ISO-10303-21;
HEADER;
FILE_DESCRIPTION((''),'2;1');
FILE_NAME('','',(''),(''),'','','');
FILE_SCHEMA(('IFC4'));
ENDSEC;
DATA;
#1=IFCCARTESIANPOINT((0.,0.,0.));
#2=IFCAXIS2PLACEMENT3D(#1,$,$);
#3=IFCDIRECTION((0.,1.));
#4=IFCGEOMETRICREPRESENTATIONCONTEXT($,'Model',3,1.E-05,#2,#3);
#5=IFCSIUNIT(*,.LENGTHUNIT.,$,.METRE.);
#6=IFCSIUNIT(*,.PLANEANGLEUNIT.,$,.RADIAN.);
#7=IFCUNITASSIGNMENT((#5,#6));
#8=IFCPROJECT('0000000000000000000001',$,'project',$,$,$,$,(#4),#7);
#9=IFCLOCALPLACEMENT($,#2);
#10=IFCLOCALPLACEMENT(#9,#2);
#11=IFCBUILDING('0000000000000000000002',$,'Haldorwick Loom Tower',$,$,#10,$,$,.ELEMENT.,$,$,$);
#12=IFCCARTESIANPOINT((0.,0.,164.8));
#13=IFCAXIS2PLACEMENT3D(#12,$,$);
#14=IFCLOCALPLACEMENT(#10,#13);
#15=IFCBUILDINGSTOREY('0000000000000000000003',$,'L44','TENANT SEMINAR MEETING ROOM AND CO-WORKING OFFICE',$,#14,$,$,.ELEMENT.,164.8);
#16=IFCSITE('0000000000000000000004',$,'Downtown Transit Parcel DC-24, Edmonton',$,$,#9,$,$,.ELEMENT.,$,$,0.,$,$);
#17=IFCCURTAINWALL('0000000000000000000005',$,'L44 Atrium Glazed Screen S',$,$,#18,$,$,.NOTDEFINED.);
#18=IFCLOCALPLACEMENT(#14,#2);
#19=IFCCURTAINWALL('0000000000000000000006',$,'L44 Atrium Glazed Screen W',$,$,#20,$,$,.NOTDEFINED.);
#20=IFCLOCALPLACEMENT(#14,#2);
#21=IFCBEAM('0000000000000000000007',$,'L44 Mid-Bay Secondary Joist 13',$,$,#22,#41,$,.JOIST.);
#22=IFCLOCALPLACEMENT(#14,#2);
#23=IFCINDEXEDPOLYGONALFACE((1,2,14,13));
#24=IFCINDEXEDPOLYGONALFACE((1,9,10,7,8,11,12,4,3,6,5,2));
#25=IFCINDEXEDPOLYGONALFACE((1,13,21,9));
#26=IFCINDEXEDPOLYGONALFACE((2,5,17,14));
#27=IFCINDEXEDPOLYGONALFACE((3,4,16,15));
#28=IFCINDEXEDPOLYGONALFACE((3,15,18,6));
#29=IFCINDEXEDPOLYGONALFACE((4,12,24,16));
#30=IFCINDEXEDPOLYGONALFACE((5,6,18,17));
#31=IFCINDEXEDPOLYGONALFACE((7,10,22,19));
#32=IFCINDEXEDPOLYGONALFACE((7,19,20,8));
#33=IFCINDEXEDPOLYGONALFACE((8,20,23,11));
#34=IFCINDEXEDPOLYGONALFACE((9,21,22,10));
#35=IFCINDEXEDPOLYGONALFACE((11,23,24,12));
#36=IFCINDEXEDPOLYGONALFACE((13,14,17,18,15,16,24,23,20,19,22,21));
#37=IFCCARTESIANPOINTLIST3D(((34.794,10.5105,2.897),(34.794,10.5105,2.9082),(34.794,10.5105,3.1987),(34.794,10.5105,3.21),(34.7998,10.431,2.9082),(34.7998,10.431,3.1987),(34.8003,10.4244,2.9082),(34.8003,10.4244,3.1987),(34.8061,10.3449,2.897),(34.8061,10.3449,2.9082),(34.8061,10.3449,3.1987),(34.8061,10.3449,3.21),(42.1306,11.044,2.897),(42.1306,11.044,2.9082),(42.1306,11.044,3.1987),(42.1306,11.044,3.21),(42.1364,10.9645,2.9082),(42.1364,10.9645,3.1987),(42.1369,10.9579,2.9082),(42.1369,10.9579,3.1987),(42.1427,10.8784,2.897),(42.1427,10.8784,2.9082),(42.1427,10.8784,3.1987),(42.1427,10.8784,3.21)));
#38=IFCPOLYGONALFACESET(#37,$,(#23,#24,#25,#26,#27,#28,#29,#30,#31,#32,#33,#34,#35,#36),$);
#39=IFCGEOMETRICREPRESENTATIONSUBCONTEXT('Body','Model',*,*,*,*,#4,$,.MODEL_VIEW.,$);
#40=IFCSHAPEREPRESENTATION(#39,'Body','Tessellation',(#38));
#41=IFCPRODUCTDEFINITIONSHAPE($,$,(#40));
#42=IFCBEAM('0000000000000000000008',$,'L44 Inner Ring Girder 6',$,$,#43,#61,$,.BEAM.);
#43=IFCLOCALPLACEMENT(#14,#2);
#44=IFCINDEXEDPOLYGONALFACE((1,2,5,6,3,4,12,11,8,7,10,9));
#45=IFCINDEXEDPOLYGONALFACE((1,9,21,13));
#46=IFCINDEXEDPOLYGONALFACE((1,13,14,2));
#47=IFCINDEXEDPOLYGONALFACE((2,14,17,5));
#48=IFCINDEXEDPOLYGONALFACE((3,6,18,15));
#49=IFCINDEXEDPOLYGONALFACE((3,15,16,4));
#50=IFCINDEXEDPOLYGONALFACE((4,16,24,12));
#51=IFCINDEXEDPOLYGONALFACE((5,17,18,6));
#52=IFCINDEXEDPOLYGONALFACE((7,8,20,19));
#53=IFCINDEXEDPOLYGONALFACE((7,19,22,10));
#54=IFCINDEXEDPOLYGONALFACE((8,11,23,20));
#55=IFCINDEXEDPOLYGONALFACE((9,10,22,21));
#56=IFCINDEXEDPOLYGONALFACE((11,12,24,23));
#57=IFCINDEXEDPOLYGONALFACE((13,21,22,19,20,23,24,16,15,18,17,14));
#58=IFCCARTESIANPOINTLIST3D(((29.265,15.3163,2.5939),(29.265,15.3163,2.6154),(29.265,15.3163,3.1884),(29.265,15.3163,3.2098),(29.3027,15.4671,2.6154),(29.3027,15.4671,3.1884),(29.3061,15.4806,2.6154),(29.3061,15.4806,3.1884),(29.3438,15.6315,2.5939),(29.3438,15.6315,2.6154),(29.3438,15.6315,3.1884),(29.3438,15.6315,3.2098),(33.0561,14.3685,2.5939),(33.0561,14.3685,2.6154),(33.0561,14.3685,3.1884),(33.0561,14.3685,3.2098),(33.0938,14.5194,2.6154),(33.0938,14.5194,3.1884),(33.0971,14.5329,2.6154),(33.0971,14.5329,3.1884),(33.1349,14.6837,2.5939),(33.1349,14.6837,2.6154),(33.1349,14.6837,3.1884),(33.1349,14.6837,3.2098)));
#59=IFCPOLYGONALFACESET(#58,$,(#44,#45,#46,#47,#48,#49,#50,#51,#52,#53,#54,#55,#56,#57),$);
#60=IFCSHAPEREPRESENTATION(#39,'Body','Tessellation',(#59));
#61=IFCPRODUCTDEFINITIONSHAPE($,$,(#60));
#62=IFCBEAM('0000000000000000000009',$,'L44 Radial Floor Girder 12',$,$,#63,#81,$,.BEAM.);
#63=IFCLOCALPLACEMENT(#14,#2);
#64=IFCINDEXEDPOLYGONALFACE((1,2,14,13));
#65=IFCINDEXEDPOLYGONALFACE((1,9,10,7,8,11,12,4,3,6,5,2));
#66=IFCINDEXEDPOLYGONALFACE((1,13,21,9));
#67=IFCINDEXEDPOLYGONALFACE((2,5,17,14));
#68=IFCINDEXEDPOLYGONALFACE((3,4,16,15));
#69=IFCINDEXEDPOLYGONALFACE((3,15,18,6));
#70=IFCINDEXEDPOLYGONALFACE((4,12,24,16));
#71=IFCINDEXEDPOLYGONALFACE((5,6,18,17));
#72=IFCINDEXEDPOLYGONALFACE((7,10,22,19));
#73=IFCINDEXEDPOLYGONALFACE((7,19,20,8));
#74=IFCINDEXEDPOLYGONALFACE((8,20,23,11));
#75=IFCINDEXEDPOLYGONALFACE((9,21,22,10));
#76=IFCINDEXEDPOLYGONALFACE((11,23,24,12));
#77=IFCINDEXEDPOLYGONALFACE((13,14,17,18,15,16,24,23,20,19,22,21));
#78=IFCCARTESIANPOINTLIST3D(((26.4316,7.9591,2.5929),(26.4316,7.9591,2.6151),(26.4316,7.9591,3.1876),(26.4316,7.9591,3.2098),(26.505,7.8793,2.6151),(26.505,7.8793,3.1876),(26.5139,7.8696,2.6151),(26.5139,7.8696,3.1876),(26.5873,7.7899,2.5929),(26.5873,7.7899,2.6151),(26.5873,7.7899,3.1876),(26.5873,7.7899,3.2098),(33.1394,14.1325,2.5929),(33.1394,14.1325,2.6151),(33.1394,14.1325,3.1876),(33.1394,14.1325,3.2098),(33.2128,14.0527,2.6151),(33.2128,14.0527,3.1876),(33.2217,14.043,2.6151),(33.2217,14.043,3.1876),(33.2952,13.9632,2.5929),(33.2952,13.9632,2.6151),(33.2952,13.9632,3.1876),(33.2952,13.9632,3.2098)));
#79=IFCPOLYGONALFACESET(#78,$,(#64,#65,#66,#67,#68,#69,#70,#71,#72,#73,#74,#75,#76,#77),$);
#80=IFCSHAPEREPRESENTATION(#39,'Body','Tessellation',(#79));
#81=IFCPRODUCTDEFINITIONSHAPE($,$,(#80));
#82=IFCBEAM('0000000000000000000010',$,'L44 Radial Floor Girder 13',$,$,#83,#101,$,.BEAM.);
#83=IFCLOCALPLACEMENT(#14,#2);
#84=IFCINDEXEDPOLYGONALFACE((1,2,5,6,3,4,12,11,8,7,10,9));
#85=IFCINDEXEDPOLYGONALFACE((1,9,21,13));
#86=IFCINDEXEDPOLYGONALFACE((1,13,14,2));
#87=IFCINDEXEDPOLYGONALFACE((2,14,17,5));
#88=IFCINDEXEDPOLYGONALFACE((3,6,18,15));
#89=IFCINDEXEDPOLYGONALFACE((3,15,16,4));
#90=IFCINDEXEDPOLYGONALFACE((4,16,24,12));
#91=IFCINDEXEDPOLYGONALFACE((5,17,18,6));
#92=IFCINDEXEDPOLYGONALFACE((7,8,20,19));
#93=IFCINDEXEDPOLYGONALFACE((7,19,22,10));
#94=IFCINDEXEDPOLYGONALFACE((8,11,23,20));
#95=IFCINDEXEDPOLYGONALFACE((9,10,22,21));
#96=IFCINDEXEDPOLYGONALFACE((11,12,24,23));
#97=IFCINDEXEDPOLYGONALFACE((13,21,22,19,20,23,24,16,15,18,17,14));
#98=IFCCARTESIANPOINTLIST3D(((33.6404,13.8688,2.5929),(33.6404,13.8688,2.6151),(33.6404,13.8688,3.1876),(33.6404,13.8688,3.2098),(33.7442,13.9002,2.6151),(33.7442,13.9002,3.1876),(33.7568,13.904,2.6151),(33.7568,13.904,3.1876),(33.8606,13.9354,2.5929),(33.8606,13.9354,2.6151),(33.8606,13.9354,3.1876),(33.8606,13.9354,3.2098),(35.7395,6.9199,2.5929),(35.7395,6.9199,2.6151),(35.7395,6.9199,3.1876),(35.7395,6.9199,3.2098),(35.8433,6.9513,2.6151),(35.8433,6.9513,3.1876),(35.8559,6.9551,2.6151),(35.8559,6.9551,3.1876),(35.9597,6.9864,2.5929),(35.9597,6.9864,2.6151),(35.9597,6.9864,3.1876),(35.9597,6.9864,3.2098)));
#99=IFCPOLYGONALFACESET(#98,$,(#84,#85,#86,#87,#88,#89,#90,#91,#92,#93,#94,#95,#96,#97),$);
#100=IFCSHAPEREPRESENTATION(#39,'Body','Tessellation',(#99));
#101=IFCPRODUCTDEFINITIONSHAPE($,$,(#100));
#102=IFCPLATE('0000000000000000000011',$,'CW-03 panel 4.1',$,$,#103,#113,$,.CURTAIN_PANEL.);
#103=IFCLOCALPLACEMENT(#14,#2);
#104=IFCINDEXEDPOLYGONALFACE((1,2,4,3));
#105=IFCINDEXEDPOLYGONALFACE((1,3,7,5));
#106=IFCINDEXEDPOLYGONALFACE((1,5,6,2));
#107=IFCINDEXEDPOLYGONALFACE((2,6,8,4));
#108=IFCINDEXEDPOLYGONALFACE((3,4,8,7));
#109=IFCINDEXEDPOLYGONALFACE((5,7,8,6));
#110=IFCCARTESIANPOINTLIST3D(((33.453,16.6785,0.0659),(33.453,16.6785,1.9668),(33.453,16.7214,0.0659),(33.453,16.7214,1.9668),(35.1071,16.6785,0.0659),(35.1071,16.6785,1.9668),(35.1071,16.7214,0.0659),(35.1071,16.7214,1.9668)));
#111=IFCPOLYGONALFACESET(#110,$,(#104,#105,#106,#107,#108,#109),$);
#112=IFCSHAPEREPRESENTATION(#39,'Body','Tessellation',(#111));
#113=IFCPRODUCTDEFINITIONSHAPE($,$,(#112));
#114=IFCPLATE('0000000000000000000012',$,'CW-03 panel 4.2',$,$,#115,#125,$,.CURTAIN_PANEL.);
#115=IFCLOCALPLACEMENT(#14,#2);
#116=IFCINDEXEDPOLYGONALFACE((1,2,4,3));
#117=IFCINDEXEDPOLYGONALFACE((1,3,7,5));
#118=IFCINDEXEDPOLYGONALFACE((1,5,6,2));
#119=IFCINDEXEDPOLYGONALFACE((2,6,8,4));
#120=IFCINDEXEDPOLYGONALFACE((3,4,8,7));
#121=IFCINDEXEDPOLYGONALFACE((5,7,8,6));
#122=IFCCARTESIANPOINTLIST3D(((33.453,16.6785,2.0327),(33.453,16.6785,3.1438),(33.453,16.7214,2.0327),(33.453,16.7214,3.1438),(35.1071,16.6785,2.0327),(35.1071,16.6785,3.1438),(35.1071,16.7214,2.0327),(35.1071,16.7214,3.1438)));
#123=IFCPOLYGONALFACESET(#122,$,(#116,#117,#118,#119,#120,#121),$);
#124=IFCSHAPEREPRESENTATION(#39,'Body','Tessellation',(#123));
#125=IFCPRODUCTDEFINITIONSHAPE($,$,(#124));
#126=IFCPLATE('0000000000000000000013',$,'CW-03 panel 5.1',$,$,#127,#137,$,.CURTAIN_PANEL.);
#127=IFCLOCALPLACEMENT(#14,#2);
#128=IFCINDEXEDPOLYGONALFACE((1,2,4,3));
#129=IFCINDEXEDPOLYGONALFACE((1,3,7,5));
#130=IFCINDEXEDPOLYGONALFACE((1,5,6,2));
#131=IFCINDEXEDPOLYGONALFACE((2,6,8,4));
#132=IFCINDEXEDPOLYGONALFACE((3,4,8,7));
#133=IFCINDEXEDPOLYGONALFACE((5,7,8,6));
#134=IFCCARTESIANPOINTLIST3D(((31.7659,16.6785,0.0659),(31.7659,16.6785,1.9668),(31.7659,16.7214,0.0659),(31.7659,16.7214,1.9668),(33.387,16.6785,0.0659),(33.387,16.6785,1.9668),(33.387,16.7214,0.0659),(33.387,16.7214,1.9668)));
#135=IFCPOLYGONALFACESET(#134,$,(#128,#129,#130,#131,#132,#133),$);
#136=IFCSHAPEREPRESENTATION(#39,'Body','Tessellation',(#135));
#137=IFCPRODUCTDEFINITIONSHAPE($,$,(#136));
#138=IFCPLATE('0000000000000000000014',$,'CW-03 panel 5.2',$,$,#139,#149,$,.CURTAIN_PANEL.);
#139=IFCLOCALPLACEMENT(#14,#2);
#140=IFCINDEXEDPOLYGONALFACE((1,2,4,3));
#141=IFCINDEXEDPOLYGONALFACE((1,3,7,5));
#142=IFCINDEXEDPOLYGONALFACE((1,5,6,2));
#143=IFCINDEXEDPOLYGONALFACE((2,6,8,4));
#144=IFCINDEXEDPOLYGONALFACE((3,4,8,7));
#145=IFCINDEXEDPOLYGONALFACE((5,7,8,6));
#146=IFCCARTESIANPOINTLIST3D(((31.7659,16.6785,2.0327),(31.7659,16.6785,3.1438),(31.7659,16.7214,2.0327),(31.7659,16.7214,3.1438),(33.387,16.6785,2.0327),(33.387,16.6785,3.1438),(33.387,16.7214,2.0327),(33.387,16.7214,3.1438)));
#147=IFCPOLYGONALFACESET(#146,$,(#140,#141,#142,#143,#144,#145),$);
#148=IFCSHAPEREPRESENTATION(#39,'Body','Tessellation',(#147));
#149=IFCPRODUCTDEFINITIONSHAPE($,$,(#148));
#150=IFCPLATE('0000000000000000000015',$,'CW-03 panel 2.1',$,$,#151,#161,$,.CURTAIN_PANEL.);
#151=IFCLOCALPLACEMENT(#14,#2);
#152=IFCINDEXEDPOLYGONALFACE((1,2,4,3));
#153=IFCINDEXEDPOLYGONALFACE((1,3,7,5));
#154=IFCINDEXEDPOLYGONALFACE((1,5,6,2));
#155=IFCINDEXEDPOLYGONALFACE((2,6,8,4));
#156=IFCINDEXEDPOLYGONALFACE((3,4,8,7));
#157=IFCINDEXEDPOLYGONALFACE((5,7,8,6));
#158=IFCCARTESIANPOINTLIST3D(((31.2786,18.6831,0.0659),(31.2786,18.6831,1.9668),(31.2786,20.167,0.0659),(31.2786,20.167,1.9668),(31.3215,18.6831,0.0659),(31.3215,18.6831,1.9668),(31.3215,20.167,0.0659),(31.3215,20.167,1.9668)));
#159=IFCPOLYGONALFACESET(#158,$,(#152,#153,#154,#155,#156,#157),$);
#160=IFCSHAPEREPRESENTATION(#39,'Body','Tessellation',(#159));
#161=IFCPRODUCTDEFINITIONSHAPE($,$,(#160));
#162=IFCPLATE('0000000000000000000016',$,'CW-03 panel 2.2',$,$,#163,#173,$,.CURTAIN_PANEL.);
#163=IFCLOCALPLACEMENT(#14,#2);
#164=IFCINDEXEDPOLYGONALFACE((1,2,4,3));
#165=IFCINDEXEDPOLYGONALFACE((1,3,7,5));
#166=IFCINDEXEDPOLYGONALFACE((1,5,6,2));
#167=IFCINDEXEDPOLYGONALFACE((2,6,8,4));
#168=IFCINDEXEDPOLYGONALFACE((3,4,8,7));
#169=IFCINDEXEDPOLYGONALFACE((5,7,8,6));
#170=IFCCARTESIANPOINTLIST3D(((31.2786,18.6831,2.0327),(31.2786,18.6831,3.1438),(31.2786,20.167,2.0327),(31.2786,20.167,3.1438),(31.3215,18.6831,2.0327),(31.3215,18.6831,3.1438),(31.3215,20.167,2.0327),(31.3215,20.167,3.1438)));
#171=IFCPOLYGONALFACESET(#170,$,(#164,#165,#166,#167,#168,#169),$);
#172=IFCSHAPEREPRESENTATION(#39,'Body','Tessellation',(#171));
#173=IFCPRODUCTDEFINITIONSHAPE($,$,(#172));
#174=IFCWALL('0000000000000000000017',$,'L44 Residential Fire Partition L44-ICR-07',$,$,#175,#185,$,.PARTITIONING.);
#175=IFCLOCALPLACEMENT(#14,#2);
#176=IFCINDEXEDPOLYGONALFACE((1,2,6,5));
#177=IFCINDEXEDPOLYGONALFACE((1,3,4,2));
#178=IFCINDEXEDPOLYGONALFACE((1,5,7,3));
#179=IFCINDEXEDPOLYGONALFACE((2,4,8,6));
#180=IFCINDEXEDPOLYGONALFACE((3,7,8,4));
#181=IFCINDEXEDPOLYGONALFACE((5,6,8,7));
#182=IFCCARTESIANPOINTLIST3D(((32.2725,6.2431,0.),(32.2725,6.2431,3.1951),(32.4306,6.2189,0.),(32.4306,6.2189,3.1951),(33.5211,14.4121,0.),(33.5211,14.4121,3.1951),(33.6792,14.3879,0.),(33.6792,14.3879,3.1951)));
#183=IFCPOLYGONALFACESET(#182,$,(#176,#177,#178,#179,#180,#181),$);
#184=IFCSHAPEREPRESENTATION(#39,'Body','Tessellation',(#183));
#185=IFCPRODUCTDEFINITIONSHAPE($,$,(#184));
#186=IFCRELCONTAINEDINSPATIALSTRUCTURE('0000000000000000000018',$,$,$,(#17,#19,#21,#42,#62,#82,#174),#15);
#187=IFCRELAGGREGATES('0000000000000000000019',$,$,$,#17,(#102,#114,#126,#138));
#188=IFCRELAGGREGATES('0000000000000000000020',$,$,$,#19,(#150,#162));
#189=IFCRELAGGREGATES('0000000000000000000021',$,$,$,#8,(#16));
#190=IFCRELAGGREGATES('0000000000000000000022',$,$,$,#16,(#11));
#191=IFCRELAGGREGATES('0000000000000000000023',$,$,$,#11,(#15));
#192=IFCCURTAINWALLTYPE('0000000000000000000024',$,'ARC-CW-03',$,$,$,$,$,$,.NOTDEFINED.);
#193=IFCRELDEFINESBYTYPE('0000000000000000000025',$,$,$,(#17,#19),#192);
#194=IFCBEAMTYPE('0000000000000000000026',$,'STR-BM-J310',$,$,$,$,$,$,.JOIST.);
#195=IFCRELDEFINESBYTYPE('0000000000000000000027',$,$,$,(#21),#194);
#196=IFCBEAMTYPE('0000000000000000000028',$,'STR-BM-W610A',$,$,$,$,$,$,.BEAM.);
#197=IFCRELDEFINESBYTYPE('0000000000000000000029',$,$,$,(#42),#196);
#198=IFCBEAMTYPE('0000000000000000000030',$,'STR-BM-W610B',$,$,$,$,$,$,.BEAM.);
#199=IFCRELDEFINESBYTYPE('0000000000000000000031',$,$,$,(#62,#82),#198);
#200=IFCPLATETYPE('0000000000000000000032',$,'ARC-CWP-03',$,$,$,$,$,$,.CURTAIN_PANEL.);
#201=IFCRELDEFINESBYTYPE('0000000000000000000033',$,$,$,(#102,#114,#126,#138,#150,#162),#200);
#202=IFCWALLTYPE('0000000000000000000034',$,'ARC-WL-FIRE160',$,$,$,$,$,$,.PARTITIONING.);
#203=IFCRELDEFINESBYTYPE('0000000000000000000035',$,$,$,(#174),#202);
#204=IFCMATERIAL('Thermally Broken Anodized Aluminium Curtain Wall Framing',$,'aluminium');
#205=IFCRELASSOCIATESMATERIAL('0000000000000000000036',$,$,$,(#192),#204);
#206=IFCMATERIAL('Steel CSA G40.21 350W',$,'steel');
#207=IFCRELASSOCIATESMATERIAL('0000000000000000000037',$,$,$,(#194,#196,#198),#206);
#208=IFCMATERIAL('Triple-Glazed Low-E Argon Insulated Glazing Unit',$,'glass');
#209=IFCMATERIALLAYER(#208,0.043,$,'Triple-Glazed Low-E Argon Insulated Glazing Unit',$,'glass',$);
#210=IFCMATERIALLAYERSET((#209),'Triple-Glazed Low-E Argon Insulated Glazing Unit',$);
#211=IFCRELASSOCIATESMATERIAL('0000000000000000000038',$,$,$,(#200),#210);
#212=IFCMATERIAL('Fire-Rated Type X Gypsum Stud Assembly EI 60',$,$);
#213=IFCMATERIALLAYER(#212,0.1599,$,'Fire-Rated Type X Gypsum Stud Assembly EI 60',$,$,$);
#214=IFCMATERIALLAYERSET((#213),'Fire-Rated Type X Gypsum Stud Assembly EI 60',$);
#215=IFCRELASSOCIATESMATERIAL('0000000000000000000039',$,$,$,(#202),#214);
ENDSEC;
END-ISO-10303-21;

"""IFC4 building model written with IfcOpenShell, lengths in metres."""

from ifc_helpers import new_model, si_unit, direction, frame, frame_2d, origin, origin_2d, place, context, subcontext, project, spatial, rectangle, i_section, extrude, material, layer, layer_set, material_profile, profile_set, type_object, element, aggregate, save


model = new_model("IFC4")

# Units and contexts
model_context = context("Model", 3, precision=1e-05, world=origin(), true_north=direction((0.0, 1.0)))
body_context = subcontext(model_context, "Body", "Model", "MODEL_VIEW")
ifc_project = project(units=[si_unit("LENGTHUNIT", "METRE"), si_unit("PLANEANGLEUNIT", "RADIAN")], contexts=[model_context])

# Site, building, storey
site_placement = place(None, origin())
site = spatial("IfcSite", under=ifc_project, at=site_placement, Name="Downtown Transit Parcel DC-24, Edmonton", CompositionType="ELEMENT", RefElevation=0.0)
building_placement = place(site_placement, origin())
building = spatial("IfcBuilding", under=site, at=building_placement, Name="Haldorwick Loom Tower", CompositionType="ELEMENT")
storey_placement = place(building_placement, frame((0.0, 0.0, 164.8)))
storey = spatial("IfcBuildingStorey", under=building, at=storey_placement, Name="L44", Description="TENANT SEMINAR MEETING ROOM AND CO-WORKING OFFICE", CompositionType="ELEMENT", Elevation=164.8)

# Curtain wall
ifc_material_1 = material(Name="Thermally Broken Anodized Aluminium Curtain Wall Framing", Category="aluminium")
curtain_wall_type = type_object("IfcCurtainWallType", Name="ARC-CW-03", PredefinedType="NOTDEFINED", material=ifc_material_1)
curtain_wall_1_placement = place(storey_placement, origin())
curtain_wall_1 = element("IfcCurtainWall", 1, at=curtain_wall_1_placement, inside=storey, type_object=curtain_wall_type, Name="L44 Atrium Glazed Screen S", PredefinedType="NOTDEFINED")

# Curtain wall
curtain_wall_2_placement = place(storey_placement, origin())
curtain_wall_2 = element("IfcCurtainWall", 2, at=curtain_wall_2_placement, inside=storey, type_object=curtain_wall_type, Name="L44 Atrium Glazed Screen W", PredefinedType="NOTDEFINED")

# Beams
ifc_material_2 = material(Name="Steel CSA G40.21 350W", Category="steel")
ifc_material_profile_1 = material_profile(ifc_material_2, i_section(OverallWidth=0.166, OverallDepth=0.313, WebThickness=0.0066, FlangeThickness=0.0112, at=origin_2d()), Name="W310X45", Category="steel")
ifc_profile_set_1 = profile_set([ifc_material_profile_1], Name="Steel CSA G40.21 350W")
beam_type_1 = type_object("IfcBeamType", Name="STR-BM-J310", PredefinedType="JOIST", material=ifc_profile_set_1)
beam_1_placement = place(storey_placement, frame((34.8, 10.4277, 3.0535), z_axis=(0.997367, 0.072518, 0.0), x_axis=(-0.072518, 0.997367, 0.0)))
element("IfcBeam", 3, at=beam_1_placement, inside=storey, type_object=beam_type_1, Name="L44 Mid-Bay Secondary Joist 13", PredefinedType="JOIST", context=body_context, shape_type="SweptSolid", body=[
    extrude(i_section(OverallWidth=0.166, OverallDepth=0.313, WebThickness=0.0066, FlangeThickness=0.0112, at=origin_2d()), origin(), (0.0, 0.0, 1.0), 7.356),
])
ifc_material_profile_2 = material_profile(ifc_material_2, i_section(OverallWidth=0.325, OverallDepth=0.616, WebThickness=0.0139, FlangeThickness=0.0215, at=origin_2d()), Name="W610X174", Category="steel")
ifc_profile_set_2 = profile_set([ifc_material_profile_2], Name="Steel CSA G40.21 350W")
beam_type_2 = type_object("IfcBeamType", Name="STR-BM-W610A", PredefinedType="BEAM", material=ifc_profile_set_2)
beam_2_placement = place(storey_placement, frame((33.0955, 14.5261, 2.9019), z_axis=(-0.970143, 0.242536, 0.0), x_axis=(-0.242536, -0.970143, 0.0)))
element("IfcBeam", 4, at=beam_2_placement, inside=storey, type_object=beam_type_2, Name="L44 Inner Ring Girder 6", PredefinedType="BEAM", context=body_context, shape_type="SweptSolid", body=[
    extrude(i_section(OverallWidth=0.325, OverallDepth=0.616, WebThickness=0.0139, FlangeThickness=0.0215, at=origin_2d()), origin(), (0.0, 0.0, 1.0), 3.9077),
])
ifc_material_profile_3 = material_profile(ifc_material_2, i_section(OverallWidth=0.23, OverallDepth=0.6169, WebThickness=0.0132, FlangeThickness=0.0222, at=origin_2d()), Name="W610X140", Category="steel")
ifc_profile_set_3 = profile_set([ifc_material_profile_3], Name="Steel CSA G40.21 350W")
beam_type_3 = type_object("IfcBeamType", Name="STR-BM-W610B", PredefinedType="BEAM", material=ifc_profile_set_3)
beam_3_placement = place(storey_placement, frame((33.2173, 14.0479, 2.9014), z_axis=(-0.735811, -0.677187, 0.0), x_axis=(0.677187, -0.735811, 0.0)))
element("IfcBeam", 5, at=beam_3_placement, inside=storey, type_object=beam_type_3, Name="L44 Radial Floor Girder 12", PredefinedType="BEAM", context=body_context, shape_type="SweptSolid", body=[
    extrude(i_section(OverallWidth=0.23, OverallDepth=0.6169, WebThickness=0.0132, FlangeThickness=0.0222, at=origin_2d()), origin(), (0.0, 0.0, 1.0), 9.1162),
])
beam_4_placement = place(storey_placement, frame((33.7505, 13.9021, 2.9014), z_axis=(0.289171, -0.957277, 0.0), x_axis=(0.957277, 0.289171, 0.0)))
element("IfcBeam", 6, at=beam_4_placement, inside=storey, type_object=beam_type_3, Name="L44 Radial Floor Girder 13", PredefinedType="BEAM", context=body_context, shape_type="SweptSolid", body=[
    extrude(i_section(OverallWidth=0.23, OverallDepth=0.6169, WebThickness=0.0132, FlangeThickness=0.0222, at=origin_2d()), origin(), (0.0, 0.0, 1.0), 7.259),
])

# Plates
ifc_material_3 = material(Name="Triple-Glazed Low-E Argon Insulated Glazing Unit", Category="glass")
ifc_layer_1 = layer(ifc_material_3, 0.043, Name="Triple-Glazed Low-E Argon Insulated Glazing Unit", Category="glass")
ifc_layer_set_1 = layer_set([ifc_layer_1], Name="Triple-Glazed Low-E Argon Insulated Glazing Unit")
plate_type = type_object("IfcPlateType", Name="ARC-CWP-03", PredefinedType="CURTAIN_PANEL", material=ifc_layer_set_1)
plate_1_placement = place(storey_placement, frame((34.28, 16.7, 0.0659), z_axis=(0.0, 0.0, 1.0), x_axis=(-1.0, 0.0, 0.0)))
plate_1 = element("IfcPlate", 7, at=plate_1_placement, type_object=plate_type, Name="CW-03 panel 4.1", PredefinedType="CURTAIN_PANEL", context=body_context, shape_type="SweptSolid", body=[
    extrude(rectangle(XDim=1.6541, YDim=0.043, at=origin_2d()), origin(), (0.0, 0.0, 1.0), 1.9009),
])
plate_2_placement = place(storey_placement, frame((34.28, 16.7, 2.0327), z_axis=(0.0, 0.0, 1.0), x_axis=(-1.0, 0.0, 0.0)))
plate_2 = element("IfcPlate", 8, at=plate_2_placement, type_object=plate_type, Name="CW-03 panel 4.2", PredefinedType="CURTAIN_PANEL", context=body_context, shape_type="SweptSolid", body=[
    extrude(rectangle(XDim=1.6541, YDim=0.043, at=origin_2d()), origin(), (0.0, 0.0, 1.0), 1.1111),
])
plate_3_placement = place(storey_placement, frame((32.5764, 16.7, 0.0659), z_axis=(0.0, 0.0, 1.0), x_axis=(-1.0, 0.0, 0.0)))
plate_3 = element("IfcPlate", 9, at=plate_3_placement, type_object=plate_type, Name="CW-03 panel 5.1", PredefinedType="CURTAIN_PANEL", context=body_context, shape_type="SweptSolid", body=[
    extrude(rectangle(XDim=1.6211, YDim=0.043, at=origin_2d()), origin(), (0.0, 0.0, 1.0), 1.9009),
])
plate_4_placement = place(storey_placement, frame((32.5764, 16.7, 2.0327), z_axis=(0.0, 0.0, 1.0), x_axis=(-1.0, 0.0, 0.0)))
plate_4 = element("IfcPlate", 10, at=plate_4_placement, type_object=plate_type, Name="CW-03 panel 5.2", PredefinedType="CURTAIN_PANEL", context=body_context, shape_type="SweptSolid", body=[
    extrude(rectangle(XDim=1.6211, YDim=0.043, at=origin_2d()), origin(), (0.0, 0.0, 1.0), 1.1111),
])
aggregate(curtain_wall_1, [plate_1, plate_2, plate_3, plate_4])
plate_5_placement = place(storey_placement, frame((31.3, 19.425, 0.0659), z_axis=(0.0, 0.0, 1.0), x_axis=(0.0, 1.0, 0.0)))
plate_5 = element("IfcPlate", 11, at=plate_5_placement, type_object=plate_type, Name="CW-03 panel 2.1", PredefinedType="CURTAIN_PANEL", context=body_context, shape_type="SweptSolid", body=[
    extrude(rectangle(XDim=1.4839, YDim=0.043, at=origin_2d()), origin(), (0.0, 0.0, 1.0), 1.9009),
])
plate_6_placement = place(storey_placement, frame((31.3, 19.425, 2.0327), z_axis=(0.0, 0.0, 1.0), x_axis=(0.0, 1.0, 0.0)))
plate_6 = element("IfcPlate", 12, at=plate_6_placement, type_object=plate_type, Name="CW-03 panel 2.2", PredefinedType="CURTAIN_PANEL", context=body_context, shape_type="SweptSolid", body=[
    extrude(rectangle(XDim=1.4839, YDim=0.043, at=origin_2d()), origin(), (0.0, 0.0, 1.0), 1.1111),
])
aggregate(curtain_wall_2, [plate_5, plate_6])

# Wall
ifc_material_4 = material(Name="Fire-Rated Type X Gypsum Stud Assembly EI 60")
ifc_layer_2 = layer(ifc_material_4, 0.1599, Name="Fire-Rated Type X Gypsum Stud Assembly EI 60")
ifc_layer_set_2 = layer_set([ifc_layer_2], Name="Fire-Rated Type X Gypsum Stud Assembly EI 60")
wall_type = type_object("IfcWallType", Name="ARC-WL-FIRE160", PredefinedType="PARTITIONING", material=ifc_layer_set_2)
wall_placement = place(storey_placement, frame((33.6001, 14.3999, 0.0), z_axis=(0.0, 0.0, 1.0), x_axis=(-0.151085, -0.988521, 0.0)))
element("IfcWall", 13, at=wall_placement, inside=storey, type_object=wall_type, Name="L44 Residential Fire Partition L44-ICR-07", PredefinedType="PARTITIONING", context=body_context, shape_type="SweptSolid", body=[
    extrude(rectangle(XDim=8.2639, YDim=0.1599, at=frame_2d((4.1318, 0.0))), origin(), (0.0, 0.0, 1.0), 3.1951),
])

save(model, "model.ifc")
